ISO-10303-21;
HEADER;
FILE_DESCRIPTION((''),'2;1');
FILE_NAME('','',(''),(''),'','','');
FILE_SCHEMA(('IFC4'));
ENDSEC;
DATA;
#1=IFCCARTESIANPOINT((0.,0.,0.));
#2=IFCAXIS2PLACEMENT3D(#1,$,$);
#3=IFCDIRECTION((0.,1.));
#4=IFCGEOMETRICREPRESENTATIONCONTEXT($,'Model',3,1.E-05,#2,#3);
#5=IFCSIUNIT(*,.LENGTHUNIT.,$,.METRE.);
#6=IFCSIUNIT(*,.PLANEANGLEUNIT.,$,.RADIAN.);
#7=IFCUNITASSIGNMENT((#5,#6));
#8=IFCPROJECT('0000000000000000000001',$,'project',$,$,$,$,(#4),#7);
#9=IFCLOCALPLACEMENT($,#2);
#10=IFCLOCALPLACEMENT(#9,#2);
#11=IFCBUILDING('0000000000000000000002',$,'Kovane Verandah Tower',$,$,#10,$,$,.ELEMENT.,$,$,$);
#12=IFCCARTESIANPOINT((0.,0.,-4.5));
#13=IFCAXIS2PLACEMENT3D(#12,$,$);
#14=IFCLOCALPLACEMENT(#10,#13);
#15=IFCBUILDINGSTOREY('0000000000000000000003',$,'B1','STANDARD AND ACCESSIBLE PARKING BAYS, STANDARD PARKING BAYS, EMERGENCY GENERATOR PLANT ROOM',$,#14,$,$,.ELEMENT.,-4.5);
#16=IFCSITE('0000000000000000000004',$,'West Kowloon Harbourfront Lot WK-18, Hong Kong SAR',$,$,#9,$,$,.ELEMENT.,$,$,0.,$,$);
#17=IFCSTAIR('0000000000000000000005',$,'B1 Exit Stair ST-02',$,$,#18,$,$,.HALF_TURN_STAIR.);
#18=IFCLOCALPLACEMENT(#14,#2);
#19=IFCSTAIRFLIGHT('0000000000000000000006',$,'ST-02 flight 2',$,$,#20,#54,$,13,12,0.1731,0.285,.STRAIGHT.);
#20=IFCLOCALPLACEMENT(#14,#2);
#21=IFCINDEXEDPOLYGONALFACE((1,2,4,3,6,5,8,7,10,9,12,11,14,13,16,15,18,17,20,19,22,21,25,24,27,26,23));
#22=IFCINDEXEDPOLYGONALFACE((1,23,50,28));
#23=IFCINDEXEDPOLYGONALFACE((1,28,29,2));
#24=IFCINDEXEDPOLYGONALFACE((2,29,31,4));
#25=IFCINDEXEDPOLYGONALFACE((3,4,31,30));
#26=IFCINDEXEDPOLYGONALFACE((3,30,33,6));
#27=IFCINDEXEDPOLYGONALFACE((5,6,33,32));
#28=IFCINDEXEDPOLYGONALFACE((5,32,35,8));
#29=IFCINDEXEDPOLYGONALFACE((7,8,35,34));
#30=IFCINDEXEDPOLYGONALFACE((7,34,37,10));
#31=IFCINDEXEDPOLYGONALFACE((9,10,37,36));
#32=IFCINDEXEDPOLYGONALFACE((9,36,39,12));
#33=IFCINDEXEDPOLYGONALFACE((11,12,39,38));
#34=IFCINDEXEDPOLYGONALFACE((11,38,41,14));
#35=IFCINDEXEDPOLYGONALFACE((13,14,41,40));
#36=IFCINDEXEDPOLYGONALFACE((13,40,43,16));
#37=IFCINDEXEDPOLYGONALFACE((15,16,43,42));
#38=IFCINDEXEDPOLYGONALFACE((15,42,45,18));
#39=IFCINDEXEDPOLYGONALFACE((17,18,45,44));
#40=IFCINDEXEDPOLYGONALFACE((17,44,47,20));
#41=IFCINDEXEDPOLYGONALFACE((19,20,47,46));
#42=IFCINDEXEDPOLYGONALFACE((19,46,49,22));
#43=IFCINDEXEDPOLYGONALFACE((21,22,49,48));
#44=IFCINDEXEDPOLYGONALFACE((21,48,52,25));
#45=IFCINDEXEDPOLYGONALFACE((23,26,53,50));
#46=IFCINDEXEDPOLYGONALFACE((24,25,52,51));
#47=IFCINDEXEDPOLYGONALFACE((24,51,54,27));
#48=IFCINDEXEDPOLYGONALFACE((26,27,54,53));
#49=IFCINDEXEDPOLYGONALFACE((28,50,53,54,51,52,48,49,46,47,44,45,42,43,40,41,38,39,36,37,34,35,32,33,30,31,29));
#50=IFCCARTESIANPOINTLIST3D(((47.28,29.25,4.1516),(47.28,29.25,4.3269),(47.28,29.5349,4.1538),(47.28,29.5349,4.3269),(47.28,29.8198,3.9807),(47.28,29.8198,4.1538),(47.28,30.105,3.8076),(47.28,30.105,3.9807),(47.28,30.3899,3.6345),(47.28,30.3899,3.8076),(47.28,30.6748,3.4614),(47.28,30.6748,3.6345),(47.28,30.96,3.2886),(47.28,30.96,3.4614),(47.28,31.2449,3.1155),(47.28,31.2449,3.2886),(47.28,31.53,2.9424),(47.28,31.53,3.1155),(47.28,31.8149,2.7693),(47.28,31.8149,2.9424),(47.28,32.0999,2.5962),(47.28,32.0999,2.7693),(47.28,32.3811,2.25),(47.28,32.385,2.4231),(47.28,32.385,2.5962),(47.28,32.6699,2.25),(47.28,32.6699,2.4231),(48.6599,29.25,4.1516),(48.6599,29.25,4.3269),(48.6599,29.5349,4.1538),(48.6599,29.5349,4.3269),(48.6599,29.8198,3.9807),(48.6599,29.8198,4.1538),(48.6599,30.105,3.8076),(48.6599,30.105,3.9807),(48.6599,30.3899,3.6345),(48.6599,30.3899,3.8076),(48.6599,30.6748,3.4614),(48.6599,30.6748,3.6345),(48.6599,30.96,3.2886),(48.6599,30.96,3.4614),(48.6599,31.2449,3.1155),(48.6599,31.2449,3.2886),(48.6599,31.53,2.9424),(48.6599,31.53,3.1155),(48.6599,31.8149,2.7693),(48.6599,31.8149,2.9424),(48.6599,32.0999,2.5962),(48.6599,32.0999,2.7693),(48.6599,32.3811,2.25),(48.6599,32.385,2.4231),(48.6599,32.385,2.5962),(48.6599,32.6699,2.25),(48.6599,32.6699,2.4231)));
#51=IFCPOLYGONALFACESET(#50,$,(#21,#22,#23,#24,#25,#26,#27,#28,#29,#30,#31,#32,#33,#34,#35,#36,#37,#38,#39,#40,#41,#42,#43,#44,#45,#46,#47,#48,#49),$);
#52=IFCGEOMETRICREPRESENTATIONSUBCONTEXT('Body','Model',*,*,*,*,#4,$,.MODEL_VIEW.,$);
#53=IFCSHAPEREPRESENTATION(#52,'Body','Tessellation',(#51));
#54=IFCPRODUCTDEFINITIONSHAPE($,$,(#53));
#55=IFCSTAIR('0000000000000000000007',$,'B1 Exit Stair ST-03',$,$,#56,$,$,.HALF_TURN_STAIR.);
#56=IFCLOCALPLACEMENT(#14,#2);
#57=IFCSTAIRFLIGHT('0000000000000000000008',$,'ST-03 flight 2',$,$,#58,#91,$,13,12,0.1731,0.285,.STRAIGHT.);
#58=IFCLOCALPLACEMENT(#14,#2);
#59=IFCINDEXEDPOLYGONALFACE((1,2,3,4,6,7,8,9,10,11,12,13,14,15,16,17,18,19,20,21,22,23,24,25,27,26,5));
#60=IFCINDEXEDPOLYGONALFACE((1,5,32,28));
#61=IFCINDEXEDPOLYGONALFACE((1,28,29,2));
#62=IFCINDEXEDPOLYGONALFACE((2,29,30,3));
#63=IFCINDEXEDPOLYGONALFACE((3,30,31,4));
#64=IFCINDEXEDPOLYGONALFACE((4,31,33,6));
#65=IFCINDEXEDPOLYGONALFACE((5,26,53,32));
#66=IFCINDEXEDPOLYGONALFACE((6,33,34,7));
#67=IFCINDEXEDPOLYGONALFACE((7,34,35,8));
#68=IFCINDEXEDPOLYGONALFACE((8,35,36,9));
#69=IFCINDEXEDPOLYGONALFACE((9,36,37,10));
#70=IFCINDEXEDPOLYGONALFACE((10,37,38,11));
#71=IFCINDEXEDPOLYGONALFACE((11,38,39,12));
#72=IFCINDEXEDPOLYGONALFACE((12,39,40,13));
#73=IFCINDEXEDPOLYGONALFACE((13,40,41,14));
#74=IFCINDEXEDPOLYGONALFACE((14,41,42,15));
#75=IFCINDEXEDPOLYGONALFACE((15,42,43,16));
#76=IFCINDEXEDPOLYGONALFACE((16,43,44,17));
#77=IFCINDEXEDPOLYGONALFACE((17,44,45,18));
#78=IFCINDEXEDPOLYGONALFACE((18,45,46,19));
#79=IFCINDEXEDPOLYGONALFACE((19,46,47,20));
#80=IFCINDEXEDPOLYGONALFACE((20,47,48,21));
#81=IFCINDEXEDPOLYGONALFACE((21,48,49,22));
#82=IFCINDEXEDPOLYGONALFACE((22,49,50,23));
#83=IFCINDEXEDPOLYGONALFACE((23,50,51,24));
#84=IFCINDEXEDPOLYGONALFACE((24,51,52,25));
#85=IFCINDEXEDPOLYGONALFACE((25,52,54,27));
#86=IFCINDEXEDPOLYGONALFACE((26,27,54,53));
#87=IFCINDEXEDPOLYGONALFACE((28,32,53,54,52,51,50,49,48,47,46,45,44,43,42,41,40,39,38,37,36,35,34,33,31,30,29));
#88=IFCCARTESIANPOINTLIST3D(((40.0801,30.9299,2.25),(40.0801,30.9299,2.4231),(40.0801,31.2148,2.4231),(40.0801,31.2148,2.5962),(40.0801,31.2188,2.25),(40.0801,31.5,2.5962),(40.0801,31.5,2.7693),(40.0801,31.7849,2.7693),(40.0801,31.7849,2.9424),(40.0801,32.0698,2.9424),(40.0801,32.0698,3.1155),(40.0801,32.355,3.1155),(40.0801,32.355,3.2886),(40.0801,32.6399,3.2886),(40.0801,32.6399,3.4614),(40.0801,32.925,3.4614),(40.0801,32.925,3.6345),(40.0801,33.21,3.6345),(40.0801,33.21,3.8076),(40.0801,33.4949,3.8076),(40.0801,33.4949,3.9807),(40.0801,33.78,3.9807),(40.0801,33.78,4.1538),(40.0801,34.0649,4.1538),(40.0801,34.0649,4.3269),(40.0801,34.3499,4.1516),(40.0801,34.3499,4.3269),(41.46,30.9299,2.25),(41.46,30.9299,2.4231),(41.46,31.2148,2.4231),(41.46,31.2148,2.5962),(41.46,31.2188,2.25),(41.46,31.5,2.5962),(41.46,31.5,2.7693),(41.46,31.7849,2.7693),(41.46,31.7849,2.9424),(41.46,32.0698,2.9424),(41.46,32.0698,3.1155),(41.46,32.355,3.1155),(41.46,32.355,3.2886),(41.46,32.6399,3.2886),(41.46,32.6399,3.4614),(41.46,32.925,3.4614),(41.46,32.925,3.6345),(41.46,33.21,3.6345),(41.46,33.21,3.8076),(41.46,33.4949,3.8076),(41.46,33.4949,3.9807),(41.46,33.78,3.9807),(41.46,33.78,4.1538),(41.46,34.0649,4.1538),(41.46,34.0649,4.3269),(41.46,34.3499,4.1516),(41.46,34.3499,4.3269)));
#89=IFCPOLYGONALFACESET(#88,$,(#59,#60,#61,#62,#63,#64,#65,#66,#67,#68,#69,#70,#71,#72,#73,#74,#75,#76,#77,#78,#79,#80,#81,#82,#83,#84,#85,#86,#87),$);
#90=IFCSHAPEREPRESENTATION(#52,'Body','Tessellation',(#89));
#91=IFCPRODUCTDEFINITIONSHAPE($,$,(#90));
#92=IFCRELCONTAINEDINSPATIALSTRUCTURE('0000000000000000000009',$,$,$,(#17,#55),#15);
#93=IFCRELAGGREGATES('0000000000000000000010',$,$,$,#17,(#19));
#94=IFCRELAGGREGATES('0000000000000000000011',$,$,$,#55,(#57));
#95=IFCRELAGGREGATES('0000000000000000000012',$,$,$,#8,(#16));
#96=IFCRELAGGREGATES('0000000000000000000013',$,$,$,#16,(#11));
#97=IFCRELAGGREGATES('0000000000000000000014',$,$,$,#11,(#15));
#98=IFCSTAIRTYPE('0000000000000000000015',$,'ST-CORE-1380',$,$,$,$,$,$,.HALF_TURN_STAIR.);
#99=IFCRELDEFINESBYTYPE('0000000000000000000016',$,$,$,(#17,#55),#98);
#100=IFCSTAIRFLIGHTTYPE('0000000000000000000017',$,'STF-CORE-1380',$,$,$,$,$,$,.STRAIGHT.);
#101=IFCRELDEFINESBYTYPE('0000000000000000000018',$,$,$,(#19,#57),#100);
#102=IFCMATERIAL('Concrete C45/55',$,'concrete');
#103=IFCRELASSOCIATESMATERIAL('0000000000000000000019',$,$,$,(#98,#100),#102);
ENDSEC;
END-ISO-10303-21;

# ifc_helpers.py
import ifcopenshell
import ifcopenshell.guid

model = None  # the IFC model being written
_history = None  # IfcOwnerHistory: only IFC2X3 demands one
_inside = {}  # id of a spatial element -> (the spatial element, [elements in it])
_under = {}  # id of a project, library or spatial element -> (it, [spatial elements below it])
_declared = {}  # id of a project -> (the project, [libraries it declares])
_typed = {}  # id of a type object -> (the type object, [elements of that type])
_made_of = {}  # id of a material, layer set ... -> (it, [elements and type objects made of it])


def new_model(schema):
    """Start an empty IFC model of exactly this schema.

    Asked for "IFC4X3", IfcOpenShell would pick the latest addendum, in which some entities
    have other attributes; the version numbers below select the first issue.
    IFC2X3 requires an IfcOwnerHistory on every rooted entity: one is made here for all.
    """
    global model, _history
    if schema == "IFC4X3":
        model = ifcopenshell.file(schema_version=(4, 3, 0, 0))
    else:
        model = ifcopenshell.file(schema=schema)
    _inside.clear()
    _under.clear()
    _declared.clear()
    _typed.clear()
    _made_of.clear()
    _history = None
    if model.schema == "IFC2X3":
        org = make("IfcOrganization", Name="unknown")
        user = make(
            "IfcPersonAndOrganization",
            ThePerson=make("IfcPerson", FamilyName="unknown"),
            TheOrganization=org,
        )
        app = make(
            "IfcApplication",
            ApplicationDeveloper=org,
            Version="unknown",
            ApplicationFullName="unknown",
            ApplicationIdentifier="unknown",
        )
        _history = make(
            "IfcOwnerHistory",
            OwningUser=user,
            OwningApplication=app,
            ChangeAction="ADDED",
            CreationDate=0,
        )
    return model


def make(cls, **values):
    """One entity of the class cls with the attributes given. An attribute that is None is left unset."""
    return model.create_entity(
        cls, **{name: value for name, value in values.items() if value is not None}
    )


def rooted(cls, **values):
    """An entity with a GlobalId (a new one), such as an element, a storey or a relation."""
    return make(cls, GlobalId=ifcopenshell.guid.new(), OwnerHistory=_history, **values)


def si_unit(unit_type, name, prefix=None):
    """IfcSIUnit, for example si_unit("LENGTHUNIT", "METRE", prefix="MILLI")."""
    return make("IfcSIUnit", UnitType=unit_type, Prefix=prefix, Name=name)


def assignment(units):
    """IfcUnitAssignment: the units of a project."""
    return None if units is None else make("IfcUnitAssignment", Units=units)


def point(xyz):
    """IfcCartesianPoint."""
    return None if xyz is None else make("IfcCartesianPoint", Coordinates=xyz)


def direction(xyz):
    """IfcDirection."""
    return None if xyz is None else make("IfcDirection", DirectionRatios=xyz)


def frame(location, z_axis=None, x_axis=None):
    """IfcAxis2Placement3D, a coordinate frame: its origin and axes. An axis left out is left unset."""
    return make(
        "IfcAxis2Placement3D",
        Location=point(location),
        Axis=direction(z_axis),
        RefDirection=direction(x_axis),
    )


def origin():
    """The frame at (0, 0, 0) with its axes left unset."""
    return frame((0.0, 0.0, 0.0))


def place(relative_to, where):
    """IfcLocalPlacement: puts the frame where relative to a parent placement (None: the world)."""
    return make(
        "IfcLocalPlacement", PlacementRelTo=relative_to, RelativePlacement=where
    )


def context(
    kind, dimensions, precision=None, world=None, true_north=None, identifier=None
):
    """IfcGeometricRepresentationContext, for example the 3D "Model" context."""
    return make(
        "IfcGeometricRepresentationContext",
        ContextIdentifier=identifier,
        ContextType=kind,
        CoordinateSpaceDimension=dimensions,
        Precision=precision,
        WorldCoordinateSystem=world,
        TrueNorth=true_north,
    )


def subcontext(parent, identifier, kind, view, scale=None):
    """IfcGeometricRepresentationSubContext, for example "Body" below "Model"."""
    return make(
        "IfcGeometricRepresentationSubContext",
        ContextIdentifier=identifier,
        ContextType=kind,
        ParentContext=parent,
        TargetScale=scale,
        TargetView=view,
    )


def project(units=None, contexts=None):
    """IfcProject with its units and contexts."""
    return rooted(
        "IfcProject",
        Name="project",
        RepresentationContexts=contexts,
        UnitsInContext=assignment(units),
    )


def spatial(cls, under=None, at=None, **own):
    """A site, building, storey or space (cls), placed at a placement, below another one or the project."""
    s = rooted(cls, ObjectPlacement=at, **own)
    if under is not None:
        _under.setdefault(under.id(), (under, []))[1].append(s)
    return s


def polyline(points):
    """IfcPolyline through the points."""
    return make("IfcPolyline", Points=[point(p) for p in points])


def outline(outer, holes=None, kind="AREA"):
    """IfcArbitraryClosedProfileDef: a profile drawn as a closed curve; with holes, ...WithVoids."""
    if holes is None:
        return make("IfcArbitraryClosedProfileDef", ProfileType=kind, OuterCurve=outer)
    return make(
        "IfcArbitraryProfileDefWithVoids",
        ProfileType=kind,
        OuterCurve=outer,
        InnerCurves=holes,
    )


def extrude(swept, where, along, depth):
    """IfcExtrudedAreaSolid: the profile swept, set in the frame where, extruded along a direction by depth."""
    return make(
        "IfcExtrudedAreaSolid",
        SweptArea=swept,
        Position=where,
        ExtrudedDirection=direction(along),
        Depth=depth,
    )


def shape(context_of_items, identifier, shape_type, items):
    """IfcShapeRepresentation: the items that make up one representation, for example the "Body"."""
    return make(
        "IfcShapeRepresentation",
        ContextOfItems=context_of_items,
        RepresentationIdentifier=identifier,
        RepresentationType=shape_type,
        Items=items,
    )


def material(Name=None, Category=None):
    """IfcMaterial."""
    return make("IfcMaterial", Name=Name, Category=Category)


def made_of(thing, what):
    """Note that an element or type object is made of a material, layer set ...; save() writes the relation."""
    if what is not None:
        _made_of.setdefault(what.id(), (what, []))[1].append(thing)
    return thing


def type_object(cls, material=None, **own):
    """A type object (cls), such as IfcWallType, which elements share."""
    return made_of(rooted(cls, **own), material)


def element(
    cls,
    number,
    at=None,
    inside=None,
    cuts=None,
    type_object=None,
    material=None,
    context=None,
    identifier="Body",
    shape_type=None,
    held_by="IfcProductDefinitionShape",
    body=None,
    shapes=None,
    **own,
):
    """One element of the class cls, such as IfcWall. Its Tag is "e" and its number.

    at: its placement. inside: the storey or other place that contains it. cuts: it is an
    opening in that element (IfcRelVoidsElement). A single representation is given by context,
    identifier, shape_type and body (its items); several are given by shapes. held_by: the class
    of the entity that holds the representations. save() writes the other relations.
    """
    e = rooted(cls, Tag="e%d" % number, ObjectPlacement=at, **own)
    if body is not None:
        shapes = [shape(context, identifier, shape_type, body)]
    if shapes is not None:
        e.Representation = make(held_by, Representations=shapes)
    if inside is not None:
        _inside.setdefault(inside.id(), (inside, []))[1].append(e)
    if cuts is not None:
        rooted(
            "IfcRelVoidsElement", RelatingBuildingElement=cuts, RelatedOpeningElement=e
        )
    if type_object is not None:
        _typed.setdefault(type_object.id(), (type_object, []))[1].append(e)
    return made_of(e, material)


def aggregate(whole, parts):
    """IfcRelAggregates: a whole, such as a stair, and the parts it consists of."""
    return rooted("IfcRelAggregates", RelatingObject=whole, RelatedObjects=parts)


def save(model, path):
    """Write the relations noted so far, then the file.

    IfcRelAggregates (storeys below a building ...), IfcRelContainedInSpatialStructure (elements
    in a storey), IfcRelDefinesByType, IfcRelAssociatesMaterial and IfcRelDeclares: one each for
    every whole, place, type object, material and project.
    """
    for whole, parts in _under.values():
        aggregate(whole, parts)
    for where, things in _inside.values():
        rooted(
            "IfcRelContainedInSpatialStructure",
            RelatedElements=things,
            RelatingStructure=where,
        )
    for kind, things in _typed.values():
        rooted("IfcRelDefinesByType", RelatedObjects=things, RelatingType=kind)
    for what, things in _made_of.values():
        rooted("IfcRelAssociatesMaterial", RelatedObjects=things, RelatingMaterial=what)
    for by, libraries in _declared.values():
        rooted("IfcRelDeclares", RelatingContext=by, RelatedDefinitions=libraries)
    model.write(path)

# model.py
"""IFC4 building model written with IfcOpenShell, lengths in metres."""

from ifc_helpers import new_model, si_unit, direction, frame, origin, place, context, subcontext, project, spatial, polyline, outline, extrude, material, type_object, element, aggregate, save


model = new_model("IFC4")

# Units and contexts
model_context = context("Model", 3, precision=1e-05, world=origin(), true_north=direction((0.0, 1.0)))
body_context = subcontext(model_context, "Body", "Model", "MODEL_VIEW")
ifc_project = project(units=[si_unit("LENGTHUNIT", "METRE"), si_unit("PLANEANGLEUNIT", "RADIAN")], contexts=[model_context])

# Site, building, storey
site_placement = place(None, origin())
site = spatial("IfcSite", under=ifc_project, at=site_placement, Name="West Kowloon Harbourfront Lot WK-18, Hong Kong SAR", CompositionType="ELEMENT", RefElevation=0.0)
building_placement = place(site_placement, origin())
building = spatial("IfcBuilding", under=site, at=building_placement, Name="Kovane Verandah Tower", CompositionType="ELEMENT")
storey_placement = place(building_placement, frame((0.0, 0.0, -4.5)))
storey = spatial("IfcBuildingStorey", under=building, at=storey_placement, Name="B1", Description="STANDARD AND ACCESSIBLE PARKING BAYS, STANDARD PARKING BAYS, EMERGENCY GENERATOR PLANT ROOM", CompositionType="ELEMENT", Elevation=-4.5)

# Shared definitions
ifc_material_1 = material(Name="Concrete C45/55", Category="concrete")

# Stair, stair flight
stair_type = type_object("IfcStairType", Name="ST-CORE-1380", PredefinedType="HALF_TURN_STAIR", material=ifc_material_1)
stair_1_placement = place(storey_placement, origin())
stair_1 = element("IfcStair", 1, at=stair_1_placement, inside=storey, type_object=stair_type, Name="B1 Exit Stair ST-02", PredefinedType="HALF_TURN_STAIR")
stair_flight_type = type_object("IfcStairFlightType", Name="STF-CORE-1380", PredefinedType="STRAIGHT", material=ifc_material_1)
stair_flight_1_placement = place(storey_placement, frame((47.97, 32.6699, 2.25), z_axis=(0.0, 0.0, 1.0), x_axis=(0.0, -1.0, 0.0)))
stair_flight_1 = element("IfcStairFlight", 2, at=stair_flight_1_placement, type_object=stair_flight_type, Name="ST-02 flight 2", NumberOfRisers=13, NumberOfTreads=12, PredefinedType="STRAIGHT", RiserHeight=0.1731, TreadLength=0.285, context=body_context, shape_type="SweptSolid", body=[
    extrude(outline(polyline([(0.0, 0.0), (0.0, 0.1731), (0.2849, 0.1731), (0.2849, 0.3462), (0.5701, 0.3462), (0.5701, 0.5193), (0.855, 0.5193), (0.855, 0.6924), (1.1399, 0.6924), (1.1399, 0.8655), (1.425, 0.8655), (1.425, 1.0386), (1.71, 1.0386), (1.71, 1.2114), (1.9951, 1.2114), (1.9951, 1.3845), (2.28, 1.3845), (2.28, 1.5576), (2.5649, 1.5576), (2.5649, 1.7307), (2.8501, 1.7307), (2.8501, 1.9038), (3.135, 1.9038), (3.135, 2.0769), (3.4199, 2.0769), (3.4199, 2.25), (3.4199, 1.9016), (0.2888, 0.0), (0.0, 0.0)])), frame((0.0, 0.6899, 0.0), z_axis=(0.0, -1.0, 0.0), x_axis=(1.0, 0.0, 0.0)), (0.0, 0.0, 1.0), 1.3799),
])
aggregate(stair_1, [stair_flight_1])

# Stair, stair flight
stair_2_placement = place(storey_placement, origin())
stair_2 = element("IfcStair", 3, at=stair_2_placement, inside=storey, type_object=stair_type, Name="B1 Exit Stair ST-03", PredefinedType="HALF_TURN_STAIR")
stair_flight_2_placement = place(storey_placement, frame((40.77, 30.9299, 2.25), z_axis=(0.0, 0.0, 1.0), x_axis=(0.0, 1.0, 0.0)))
stair_flight_2 = element("IfcStairFlight", 4, at=stair_flight_2_placement, type_object=stair_flight_type, Name="ST-03 flight 2", NumberOfRisers=13, NumberOfTreads=12, PredefinedType="STRAIGHT", RiserHeight=0.1731, TreadLength=0.285, context=body_context, shape_type="SweptSolid", body=[
    extrude(outline(polyline([(0.0, 0.0), (0.0, 0.1731), (0.2849, 0.1731), (0.2849, 0.3462), (0.5701, 0.3462), (0.5701, 0.5193), (0.855, 0.5193), (0.855, 0.6924), (1.1399, 0.6924), (1.1399, 0.8655), (1.425, 0.8655), (1.425, 1.0386), (1.71, 1.0386), (1.71, 1.2114), (1.9951, 1.2114), (1.9951, 1.3845), (2.28, 1.3845), (2.28, 1.5576), (2.5649, 1.5576), (2.5649, 1.7307), (2.8501, 1.7307), (2.8501, 1.9038), (3.135, 1.9038), (3.135, 2.0769), (3.4199, 2.0769), (3.4199, 2.25), (3.4199, 1.9016), (0.2888, 0.0), (0.0, 0.0)])), frame((0.0, 0.6899, 0.0), z_axis=(0.0, -1.0, 0.0), x_axis=(1.0, 0.0, 0.0)), (0.0, 0.0, 1.0), 1.3799),
])
aggregate(stair_2, [stair_flight_2])

save(model, "model.ifc")
